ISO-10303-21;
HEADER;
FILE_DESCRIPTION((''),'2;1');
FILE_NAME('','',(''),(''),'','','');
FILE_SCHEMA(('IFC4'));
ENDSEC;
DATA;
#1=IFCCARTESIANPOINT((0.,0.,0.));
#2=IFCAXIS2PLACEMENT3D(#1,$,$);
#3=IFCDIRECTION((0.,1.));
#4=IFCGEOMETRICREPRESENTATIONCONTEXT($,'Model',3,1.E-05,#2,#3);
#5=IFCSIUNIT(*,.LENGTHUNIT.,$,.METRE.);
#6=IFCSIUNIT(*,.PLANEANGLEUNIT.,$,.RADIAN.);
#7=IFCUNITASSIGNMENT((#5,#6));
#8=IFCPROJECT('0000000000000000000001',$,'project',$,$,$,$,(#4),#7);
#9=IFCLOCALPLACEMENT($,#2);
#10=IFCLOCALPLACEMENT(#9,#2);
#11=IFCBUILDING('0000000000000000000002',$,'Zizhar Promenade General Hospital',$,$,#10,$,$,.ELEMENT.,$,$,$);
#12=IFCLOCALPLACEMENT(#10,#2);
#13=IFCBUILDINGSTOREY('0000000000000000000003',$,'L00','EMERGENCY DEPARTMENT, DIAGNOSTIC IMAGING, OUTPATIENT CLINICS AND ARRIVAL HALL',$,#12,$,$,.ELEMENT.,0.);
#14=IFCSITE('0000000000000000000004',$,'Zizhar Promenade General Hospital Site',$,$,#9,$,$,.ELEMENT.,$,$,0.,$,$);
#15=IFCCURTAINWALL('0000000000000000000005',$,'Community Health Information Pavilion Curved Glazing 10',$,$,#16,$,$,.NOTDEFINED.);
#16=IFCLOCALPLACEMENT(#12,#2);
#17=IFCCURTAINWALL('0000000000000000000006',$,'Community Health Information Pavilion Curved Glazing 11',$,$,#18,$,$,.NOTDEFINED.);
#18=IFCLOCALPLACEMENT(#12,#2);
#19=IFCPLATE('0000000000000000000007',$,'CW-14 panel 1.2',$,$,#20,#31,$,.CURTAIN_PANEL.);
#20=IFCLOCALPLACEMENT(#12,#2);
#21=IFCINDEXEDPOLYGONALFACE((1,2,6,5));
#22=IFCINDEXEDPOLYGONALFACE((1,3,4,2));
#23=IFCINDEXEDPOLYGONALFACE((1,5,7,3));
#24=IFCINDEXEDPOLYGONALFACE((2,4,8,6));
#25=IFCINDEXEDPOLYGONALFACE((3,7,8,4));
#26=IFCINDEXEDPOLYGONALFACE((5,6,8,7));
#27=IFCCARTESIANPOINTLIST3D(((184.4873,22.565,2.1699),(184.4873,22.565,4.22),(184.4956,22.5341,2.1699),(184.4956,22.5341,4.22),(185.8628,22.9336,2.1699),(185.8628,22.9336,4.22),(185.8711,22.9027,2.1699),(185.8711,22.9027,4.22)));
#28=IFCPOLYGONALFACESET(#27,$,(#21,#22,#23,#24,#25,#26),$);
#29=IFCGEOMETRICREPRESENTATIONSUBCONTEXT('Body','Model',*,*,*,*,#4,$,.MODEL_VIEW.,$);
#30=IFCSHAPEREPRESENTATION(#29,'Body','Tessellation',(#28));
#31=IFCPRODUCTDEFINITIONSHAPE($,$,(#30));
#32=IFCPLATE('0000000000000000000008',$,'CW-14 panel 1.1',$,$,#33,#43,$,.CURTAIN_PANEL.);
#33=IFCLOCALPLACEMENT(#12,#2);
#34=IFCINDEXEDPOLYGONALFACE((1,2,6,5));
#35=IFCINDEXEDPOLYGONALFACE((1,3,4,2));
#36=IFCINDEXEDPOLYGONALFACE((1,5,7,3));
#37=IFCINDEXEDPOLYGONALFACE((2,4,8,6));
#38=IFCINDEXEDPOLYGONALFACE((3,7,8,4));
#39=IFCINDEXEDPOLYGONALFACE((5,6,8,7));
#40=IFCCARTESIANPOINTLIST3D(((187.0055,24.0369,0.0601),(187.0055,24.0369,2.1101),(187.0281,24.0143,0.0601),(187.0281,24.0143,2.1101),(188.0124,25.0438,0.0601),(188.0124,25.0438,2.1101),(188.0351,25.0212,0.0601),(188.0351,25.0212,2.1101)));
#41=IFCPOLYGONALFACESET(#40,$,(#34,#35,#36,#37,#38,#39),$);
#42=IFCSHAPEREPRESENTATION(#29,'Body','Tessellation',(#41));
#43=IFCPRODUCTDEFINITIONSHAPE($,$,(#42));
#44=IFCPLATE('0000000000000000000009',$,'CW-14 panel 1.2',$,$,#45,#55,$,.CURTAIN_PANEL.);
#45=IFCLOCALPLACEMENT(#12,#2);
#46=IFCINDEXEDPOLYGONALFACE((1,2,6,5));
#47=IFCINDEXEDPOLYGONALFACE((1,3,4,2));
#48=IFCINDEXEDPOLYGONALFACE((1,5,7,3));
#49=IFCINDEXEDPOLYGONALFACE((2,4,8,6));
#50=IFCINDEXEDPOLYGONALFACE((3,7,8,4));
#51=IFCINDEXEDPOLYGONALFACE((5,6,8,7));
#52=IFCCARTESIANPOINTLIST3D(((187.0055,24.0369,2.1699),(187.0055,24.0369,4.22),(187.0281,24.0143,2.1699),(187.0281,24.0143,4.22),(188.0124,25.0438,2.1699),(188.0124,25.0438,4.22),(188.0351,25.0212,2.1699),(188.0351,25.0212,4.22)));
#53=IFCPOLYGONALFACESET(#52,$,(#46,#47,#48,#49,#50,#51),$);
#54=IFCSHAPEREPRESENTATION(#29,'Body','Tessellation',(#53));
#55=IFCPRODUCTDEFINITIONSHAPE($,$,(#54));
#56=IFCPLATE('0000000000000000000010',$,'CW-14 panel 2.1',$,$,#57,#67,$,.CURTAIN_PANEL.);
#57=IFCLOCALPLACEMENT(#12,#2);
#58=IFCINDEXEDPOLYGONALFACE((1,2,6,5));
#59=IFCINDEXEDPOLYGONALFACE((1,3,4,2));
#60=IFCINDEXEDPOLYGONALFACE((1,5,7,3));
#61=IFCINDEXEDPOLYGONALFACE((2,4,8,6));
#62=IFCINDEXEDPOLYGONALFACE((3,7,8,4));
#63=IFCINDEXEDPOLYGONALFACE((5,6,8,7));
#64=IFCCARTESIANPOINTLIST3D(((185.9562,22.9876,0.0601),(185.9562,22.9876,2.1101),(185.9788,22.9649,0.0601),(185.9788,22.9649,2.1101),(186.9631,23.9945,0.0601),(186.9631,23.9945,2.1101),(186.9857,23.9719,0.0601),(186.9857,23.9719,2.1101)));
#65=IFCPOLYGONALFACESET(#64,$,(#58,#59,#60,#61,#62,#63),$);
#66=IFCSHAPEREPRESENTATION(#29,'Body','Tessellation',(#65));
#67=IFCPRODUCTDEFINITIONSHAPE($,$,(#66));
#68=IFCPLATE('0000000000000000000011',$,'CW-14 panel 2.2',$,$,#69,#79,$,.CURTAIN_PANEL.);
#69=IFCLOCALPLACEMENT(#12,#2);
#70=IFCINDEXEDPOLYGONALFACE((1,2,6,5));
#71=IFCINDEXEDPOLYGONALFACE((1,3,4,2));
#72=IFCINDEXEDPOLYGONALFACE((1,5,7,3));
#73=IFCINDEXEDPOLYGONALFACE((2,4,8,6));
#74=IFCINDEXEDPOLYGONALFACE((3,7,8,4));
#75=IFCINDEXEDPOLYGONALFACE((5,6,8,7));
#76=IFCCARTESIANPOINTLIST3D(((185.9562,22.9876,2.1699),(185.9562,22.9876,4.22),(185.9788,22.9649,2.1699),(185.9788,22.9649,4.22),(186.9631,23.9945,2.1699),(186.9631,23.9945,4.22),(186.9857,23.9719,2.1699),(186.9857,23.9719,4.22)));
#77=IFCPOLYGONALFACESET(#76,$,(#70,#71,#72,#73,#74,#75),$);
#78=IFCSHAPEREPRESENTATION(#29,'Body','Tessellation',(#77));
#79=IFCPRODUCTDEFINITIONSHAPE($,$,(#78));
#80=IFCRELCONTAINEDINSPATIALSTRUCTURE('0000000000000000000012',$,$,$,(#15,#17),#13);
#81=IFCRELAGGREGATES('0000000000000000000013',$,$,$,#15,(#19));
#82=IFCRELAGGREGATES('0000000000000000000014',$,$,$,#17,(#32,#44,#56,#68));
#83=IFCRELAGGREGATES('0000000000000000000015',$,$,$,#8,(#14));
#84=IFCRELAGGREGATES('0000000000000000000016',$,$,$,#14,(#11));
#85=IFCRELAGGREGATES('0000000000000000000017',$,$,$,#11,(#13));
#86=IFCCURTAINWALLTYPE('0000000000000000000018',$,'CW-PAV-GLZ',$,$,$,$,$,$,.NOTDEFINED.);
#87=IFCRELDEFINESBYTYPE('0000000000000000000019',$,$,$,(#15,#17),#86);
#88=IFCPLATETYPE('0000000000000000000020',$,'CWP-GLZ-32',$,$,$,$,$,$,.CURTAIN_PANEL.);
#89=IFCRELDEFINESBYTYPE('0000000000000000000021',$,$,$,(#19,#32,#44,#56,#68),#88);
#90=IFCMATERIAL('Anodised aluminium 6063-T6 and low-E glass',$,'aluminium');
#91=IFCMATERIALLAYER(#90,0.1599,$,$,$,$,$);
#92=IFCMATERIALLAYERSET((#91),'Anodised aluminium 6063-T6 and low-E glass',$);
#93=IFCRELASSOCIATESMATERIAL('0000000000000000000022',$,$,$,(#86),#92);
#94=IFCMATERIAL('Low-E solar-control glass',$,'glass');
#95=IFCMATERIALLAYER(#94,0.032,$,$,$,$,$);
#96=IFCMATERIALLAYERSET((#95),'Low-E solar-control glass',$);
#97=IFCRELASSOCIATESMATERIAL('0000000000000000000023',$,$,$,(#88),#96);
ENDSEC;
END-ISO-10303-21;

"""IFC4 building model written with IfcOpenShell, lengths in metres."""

from ifc_helpers import new_model, si_unit, direction, frame, origin, origin_2d, place, context, subcontext, project, spatial, rectangle, extrude, material, layer, layer_set, type_object, element, aggregate, save


model = new_model("IFC4")

# Units and contexts
model_context = context("Model", 3, precision=1e-05, world=origin(), true_north=direction((0.0, 1.0)))
body_context = subcontext(model_context, "Body", "Model", "MODEL_VIEW")
ifc_project = project(units=[si_unit("LENGTHUNIT", "METRE"), si_unit("PLANEANGLEUNIT", "RADIAN")], contexts=[model_context])

# Site, building, storey
site_placement = place(None, origin())
site = spatial("IfcSite", under=ifc_project, at=site_placement, Name="Zizhar Promenade General Hospital Site", CompositionType="ELEMENT", RefElevation=0.0)
building_placement = place(site_placement, origin())
building = spatial("IfcBuilding", under=site, at=building_placement, Name="Zizhar Promenade General Hospital", CompositionType="ELEMENT")
storey_placement = place(building_placement, origin())
storey = spatial("IfcBuildingStorey", under=building, at=storey_placement, Name="L00", Description="EMERGENCY DEPARTMENT, DIAGNOSTIC IMAGING, OUTPATIENT CLINICS AND ARRIVAL HALL", CompositionType="ELEMENT", Elevation=0.0)

# Curtain walls
ifc_material_1 = material(Name="Anodised aluminium 6063-T6 and low-E glass", Category="aluminium")
ifc_layer_1 = layer(ifc_material_1, 0.1599)
ifc_layer_set_1 = layer_set([ifc_layer_1], Name="Anodised aluminium 6063-T6 and low-E glass")
curtain_wall_type = type_object("IfcCurtainWallType", Name="CW-PAV-GLZ", PredefinedType="NOTDEFINED", material=ifc_layer_set_1)
curtain_wall_1_placement = place(storey_placement, origin())
curtain_wall_1 = element("IfcCurtainWall", 1, at=curtain_wall_1_placement, inside=storey, type_object=curtain_wall_type, Name="Community Health Information Pavilion Curved Glazing 10", PredefinedType="NOTDEFINED")
curtain_wall_2_placement = place(storey_placement, origin())
curtain_wall_2 = element("IfcCurtainWall", 2, at=curtain_wall_2_placement, inside=storey, type_object=curtain_wall_type, Name="Community Health Information Pavilion Curved Glazing 11", PredefinedType="NOTDEFINED")

# Plates
ifc_material_2 = material(Name="Low-E solar-control glass", Category="glass")
ifc_layer_2 = layer(ifc_material_2, 0.032)
ifc_layer_set_2 = layer_set([ifc_layer_2], Name="Low-E solar-control glass")
plate_type = type_object("IfcPlateType", Name="CWP-GLZ-32", PredefinedType="CURTAIN_PANEL", material=ifc_layer_set_2)
plate_1_placement = place(storey_placement, frame((185.1792, 22.7339, 2.1699), z_axis=(0.0, 0.0, 1.0), x_axis=(-0.965922, -0.258834, 0.0)))
plate_1 = element("IfcPlate", 3, at=plate_1_placement, type_object=plate_type, Name="CW-14 panel 1.2", PredefinedType="CURTAIN_PANEL", context=body_context, shape_type="SweptSolid", body=[
    extrude(rectangle(XDim=1.4241, YDim=0.032, at=origin_2d()), origin(), (0.0, 0.0, 1.0), 2.05),
])
aggregate(curtain_wall_1, [plate_1])
plate_2_placement = place(storey_placement, frame((187.5203, 24.5291, 0.0601), z_axis=(0.0, 0.0, 1.0), x_axis=(-0.707107, -0.707107, 0.0)))
plate_2 = element("IfcPlate", 4, at=plate_2_placement, type_object=plate_type, Name="CW-14 panel 1.1", PredefinedType="CURTAIN_PANEL", context=body_context, shape_type="SweptSolid", body=[
    extrude(rectangle(XDim=1.4241, YDim=0.032, at=origin_2d()), origin(), (0.0, 0.0, 1.0), 2.05),
])
plate_3_placement = place(storey_placement, frame((187.5203, 24.5291, 2.1699), z_axis=(0.0, 0.0, 1.0), x_axis=(-0.707107, -0.707107, 0.0)))
plate_3 = element("IfcPlate", 5, at=plate_3_placement, type_object=plate_type, Name="CW-14 panel 1.2", PredefinedType="CURTAIN_PANEL", context=body_context, shape_type="SweptSolid", body=[
    extrude(rectangle(XDim=1.4241, YDim=0.032, at=origin_2d()), origin(), (0.0, 0.0, 1.0), 2.05),
])
plate_4_placement = place(storey_placement, frame((186.4709, 23.4797, 0.0601), z_axis=(0.0, 0.0, 1.0), x_axis=(-0.707107, -0.707107, 0.0)))
plate_4 = element("IfcPlate", 6, at=plate_4_placement, type_object=plate_type, Name="CW-14 panel 2.1", PredefinedType="CURTAIN_PANEL", context=body_context, shape_type="SweptSolid", body=[
    extrude(rectangle(XDim=1.4241, YDim=0.032, at=origin_2d()), origin(), (0.0, 0.0, 1.0), 2.05),
])
plate_5_placement = place(storey_placement, frame((186.4709, 23.4797, 2.1699), z_axis=(0.0, 0.0, 1.0), x_axis=(-0.707107, -0.707107, 0.0)))
plate_5 = element("IfcPlate", 7, at=plate_5_placement, type_object=plate_type, Name="CW-14 panel 2.2", PredefinedType="CURTAIN_PANEL", context=body_context, shape_type="SweptSolid", body=[
    extrude(rectangle(XDim=1.4241, YDim=0.032, at=origin_2d()), origin(), (0.0, 0.0, 1.0), 2.05),
])
aggregate(curtain_wall_2, [plate_2, plate_3, plate_4, plate_5])

save(model, "model.ifc")
